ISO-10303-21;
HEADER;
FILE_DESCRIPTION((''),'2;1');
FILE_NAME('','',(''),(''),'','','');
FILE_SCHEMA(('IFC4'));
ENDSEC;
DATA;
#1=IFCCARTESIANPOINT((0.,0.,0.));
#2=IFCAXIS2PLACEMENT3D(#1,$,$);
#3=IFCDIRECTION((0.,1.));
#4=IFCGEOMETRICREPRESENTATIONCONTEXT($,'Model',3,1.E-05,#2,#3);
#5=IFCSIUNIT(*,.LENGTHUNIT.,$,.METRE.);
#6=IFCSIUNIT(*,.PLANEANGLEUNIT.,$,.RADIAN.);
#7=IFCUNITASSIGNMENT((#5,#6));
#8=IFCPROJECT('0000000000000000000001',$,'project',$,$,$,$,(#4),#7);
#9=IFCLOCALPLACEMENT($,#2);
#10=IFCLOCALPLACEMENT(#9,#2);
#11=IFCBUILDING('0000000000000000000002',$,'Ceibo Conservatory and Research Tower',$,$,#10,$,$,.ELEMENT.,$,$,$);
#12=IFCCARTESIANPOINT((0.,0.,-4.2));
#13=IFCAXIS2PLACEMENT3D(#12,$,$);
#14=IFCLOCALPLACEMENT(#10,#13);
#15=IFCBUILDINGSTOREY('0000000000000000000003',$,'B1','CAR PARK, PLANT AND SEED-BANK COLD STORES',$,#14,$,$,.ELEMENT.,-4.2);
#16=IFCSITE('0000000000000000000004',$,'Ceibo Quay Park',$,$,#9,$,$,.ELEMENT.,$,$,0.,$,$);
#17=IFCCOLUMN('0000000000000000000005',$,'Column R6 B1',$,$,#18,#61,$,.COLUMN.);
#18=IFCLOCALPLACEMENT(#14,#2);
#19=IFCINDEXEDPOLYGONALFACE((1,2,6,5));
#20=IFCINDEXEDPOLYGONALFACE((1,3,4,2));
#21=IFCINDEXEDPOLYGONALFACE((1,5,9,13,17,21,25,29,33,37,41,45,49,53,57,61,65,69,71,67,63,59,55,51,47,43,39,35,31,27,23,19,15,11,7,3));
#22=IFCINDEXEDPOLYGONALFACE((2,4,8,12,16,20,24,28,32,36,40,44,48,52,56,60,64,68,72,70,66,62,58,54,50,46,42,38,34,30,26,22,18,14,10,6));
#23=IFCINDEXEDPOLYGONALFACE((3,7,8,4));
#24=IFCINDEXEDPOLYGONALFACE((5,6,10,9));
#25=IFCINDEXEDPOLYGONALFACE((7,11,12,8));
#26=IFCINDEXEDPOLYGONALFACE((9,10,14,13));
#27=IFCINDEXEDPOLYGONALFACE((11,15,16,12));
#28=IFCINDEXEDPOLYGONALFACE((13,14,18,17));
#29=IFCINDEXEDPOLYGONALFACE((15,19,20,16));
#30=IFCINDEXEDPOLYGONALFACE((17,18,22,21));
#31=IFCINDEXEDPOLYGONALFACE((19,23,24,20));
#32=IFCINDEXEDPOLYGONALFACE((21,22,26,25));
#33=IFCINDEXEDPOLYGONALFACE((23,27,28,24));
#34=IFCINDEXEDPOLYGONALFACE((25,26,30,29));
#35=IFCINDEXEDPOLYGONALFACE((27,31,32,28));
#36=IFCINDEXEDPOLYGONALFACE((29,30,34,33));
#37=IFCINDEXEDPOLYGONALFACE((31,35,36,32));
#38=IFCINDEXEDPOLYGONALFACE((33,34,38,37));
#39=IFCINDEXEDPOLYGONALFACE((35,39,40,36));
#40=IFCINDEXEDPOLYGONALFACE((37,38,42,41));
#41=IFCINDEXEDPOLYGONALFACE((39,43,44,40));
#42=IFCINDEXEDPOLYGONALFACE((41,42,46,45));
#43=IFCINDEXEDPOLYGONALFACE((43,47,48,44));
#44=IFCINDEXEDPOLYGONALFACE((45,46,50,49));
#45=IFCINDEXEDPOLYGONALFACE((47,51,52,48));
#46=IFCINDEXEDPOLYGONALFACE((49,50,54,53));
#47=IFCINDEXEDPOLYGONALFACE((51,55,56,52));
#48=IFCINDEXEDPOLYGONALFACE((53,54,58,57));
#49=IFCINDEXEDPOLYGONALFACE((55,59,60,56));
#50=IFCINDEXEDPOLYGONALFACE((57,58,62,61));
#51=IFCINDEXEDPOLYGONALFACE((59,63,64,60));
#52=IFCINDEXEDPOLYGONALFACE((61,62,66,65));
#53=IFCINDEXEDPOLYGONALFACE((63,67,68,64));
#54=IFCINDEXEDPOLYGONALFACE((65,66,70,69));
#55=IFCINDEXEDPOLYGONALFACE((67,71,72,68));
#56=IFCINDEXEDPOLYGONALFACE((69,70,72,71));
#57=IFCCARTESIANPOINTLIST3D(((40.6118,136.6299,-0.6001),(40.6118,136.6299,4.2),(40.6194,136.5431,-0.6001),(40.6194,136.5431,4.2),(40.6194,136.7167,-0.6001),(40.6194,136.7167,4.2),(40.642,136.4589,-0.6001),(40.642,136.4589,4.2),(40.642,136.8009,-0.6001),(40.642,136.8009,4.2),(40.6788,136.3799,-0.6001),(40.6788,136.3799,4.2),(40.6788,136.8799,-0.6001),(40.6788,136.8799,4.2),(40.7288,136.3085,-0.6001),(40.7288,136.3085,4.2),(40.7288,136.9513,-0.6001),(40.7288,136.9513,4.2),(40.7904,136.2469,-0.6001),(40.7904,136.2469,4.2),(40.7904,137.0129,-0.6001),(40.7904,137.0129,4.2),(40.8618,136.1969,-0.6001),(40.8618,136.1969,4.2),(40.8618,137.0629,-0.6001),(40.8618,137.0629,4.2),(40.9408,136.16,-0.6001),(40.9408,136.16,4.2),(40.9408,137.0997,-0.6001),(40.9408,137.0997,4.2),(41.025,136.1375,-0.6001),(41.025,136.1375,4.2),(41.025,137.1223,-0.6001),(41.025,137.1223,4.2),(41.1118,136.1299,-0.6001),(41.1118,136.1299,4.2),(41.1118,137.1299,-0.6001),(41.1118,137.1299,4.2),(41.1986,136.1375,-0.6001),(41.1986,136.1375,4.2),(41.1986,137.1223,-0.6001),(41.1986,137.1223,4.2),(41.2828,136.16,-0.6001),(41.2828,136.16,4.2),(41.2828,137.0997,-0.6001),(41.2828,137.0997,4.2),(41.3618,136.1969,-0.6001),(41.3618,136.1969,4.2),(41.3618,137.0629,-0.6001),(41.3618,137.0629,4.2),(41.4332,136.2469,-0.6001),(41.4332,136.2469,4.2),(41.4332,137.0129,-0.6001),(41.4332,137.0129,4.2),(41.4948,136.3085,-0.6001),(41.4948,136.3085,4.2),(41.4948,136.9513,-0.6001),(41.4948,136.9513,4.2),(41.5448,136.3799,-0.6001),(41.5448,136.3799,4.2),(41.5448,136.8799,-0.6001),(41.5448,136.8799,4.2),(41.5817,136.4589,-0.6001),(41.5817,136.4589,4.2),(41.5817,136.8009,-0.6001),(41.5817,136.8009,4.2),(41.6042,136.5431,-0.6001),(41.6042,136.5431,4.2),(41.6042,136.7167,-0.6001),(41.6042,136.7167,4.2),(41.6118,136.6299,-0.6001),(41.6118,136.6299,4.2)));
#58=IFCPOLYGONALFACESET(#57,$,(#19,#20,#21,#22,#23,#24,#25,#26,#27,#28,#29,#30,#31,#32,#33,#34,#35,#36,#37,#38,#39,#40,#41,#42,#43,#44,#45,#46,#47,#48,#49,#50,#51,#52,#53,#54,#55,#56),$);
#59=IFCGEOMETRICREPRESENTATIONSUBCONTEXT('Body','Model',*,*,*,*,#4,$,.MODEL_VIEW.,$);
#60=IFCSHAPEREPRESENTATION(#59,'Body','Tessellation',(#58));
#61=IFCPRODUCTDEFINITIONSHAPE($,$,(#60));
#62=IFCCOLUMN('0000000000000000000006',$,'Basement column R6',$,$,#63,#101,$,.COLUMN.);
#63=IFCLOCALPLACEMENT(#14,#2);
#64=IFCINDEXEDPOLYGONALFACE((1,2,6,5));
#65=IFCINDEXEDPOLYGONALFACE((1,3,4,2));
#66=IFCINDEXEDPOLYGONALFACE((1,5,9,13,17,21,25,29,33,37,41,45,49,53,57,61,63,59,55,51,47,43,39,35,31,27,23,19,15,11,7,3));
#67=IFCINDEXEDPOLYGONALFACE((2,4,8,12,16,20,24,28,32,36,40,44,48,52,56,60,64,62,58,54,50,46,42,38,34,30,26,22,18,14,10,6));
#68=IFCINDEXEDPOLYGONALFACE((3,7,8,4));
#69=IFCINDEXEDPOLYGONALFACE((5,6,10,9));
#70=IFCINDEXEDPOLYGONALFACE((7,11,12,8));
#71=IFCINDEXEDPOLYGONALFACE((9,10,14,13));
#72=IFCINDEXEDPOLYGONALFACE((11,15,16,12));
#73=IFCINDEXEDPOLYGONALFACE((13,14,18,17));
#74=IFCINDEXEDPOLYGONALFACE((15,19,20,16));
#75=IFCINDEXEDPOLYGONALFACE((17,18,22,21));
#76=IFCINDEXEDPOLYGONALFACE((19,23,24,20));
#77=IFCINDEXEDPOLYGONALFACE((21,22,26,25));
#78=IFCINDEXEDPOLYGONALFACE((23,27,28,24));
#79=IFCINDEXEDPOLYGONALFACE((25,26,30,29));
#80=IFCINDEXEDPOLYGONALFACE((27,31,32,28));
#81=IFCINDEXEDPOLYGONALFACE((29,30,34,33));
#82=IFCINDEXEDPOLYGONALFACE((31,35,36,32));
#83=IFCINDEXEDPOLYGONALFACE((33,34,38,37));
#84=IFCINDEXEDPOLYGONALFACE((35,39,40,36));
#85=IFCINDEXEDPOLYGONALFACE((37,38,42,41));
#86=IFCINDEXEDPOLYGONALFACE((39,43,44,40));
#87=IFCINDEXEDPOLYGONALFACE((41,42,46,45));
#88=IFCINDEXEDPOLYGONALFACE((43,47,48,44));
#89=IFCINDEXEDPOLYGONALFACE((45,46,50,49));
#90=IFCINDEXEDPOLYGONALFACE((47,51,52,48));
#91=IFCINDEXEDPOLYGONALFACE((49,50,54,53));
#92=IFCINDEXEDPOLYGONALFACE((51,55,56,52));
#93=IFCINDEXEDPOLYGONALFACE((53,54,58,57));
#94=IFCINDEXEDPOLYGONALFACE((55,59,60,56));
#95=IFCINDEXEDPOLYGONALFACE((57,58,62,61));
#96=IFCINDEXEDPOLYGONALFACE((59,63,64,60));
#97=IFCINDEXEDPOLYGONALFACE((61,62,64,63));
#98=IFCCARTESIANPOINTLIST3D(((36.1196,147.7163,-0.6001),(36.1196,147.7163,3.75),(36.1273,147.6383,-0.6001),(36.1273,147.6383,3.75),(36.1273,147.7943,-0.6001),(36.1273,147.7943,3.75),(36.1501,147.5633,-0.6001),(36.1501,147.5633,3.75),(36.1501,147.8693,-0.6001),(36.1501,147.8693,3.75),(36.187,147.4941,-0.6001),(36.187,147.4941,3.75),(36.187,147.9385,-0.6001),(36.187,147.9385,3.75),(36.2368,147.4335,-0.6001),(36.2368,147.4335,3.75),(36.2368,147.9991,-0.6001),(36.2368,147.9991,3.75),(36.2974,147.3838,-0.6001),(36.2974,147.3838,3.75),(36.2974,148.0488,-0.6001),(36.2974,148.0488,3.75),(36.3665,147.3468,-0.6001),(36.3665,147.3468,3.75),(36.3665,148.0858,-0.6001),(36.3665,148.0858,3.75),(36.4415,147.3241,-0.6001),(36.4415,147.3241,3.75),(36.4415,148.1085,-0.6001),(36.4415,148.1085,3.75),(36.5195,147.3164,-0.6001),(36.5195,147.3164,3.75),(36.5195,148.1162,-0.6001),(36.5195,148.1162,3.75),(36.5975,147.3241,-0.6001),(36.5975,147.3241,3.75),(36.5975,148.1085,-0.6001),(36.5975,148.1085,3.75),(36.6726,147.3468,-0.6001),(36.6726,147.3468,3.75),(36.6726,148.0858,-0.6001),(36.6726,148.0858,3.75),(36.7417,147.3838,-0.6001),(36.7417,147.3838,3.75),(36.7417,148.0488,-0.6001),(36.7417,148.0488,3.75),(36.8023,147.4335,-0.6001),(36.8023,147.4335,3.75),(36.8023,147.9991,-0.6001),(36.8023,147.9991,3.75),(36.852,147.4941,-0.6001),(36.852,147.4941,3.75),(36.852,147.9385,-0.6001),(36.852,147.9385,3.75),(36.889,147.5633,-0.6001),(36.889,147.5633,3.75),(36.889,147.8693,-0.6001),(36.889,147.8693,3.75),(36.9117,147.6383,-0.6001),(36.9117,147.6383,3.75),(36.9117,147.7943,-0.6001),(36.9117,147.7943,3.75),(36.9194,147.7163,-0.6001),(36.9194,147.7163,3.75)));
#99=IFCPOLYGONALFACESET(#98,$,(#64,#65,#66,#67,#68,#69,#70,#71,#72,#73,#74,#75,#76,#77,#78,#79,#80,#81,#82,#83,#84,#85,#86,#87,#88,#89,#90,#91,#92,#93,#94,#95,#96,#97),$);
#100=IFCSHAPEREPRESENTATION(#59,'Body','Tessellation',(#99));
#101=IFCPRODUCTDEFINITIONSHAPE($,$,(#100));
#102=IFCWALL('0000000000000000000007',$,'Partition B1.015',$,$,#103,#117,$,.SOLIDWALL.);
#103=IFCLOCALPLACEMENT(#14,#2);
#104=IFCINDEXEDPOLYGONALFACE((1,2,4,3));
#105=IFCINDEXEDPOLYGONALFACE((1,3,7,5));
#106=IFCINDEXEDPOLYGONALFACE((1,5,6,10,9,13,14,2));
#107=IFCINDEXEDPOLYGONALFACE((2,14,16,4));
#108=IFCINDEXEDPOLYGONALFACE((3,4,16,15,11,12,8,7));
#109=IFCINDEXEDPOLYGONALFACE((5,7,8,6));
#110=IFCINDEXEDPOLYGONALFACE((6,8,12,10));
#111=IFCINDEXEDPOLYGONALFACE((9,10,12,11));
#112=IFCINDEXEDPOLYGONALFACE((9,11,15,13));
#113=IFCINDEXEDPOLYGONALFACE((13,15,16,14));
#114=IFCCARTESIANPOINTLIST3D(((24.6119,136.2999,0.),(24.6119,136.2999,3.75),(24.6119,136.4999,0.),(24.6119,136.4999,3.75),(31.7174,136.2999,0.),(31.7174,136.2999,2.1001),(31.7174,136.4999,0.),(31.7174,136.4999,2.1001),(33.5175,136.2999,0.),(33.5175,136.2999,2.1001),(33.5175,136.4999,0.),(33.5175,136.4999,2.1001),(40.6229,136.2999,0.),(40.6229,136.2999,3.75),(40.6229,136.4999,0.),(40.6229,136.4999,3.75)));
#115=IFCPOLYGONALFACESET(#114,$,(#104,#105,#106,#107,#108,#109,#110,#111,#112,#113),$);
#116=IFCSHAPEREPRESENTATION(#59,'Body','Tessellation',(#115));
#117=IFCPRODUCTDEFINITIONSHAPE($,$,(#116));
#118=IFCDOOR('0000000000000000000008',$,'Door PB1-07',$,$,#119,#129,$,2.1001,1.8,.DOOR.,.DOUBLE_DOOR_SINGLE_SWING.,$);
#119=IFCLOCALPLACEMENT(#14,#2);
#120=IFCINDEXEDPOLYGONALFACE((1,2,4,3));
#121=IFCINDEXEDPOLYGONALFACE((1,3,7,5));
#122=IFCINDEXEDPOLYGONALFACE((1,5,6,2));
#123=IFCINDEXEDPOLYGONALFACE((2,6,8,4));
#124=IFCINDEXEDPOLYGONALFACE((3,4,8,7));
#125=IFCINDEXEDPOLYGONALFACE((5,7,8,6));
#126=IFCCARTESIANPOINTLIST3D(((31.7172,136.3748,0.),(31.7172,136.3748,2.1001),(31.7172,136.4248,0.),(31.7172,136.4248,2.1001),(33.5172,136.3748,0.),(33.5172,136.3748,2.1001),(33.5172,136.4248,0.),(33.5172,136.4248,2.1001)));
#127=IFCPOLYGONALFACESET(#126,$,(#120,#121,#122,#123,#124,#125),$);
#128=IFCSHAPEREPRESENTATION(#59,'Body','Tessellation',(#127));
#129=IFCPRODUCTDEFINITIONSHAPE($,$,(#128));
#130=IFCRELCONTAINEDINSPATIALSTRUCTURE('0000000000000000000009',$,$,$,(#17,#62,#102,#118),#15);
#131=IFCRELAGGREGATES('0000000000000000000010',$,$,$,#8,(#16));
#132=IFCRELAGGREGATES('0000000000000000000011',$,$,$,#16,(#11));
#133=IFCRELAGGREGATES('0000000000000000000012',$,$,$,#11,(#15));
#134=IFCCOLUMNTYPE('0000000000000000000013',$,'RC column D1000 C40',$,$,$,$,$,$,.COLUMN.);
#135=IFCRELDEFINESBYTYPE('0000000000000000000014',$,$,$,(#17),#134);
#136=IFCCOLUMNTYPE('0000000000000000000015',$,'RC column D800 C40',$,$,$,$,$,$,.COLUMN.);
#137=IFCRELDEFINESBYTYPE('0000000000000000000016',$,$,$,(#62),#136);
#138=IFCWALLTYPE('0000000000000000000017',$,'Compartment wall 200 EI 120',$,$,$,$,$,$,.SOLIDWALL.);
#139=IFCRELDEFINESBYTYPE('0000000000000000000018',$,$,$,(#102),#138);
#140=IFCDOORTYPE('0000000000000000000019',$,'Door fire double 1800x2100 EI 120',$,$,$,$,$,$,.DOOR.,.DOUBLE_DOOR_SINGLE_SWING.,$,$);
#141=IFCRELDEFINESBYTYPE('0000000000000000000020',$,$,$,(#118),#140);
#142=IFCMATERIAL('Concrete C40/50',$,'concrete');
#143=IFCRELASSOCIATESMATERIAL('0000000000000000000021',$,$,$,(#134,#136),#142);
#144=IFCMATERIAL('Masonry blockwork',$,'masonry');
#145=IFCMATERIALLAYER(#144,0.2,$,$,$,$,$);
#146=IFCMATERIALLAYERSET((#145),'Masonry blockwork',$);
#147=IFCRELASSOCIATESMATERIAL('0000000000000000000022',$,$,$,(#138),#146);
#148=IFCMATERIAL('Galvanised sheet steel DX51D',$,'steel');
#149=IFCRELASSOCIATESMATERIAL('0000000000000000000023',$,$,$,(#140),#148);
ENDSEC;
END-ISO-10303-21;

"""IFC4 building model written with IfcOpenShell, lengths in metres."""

from ifc_helpers import new_model, si_unit, direction, frame, frame_2d, origin, origin_2d, place, context, subcontext, project, spatial, rectangle, circle, extrude, material, layer, layer_set, material_profile, profile_set, type_object, element, fill, save


model = new_model("IFC4")

# Units and contexts
model_context = context("Model", 3, precision=1e-05, world=origin(), true_north=direction((0.0, 1.0)))
body_context = subcontext(model_context, "Body", "Model", "MODEL_VIEW")
ifc_project = project(units=[si_unit("LENGTHUNIT", "METRE"), si_unit("PLANEANGLEUNIT", "RADIAN")], contexts=[model_context])

# Site, building, storey
site_placement = place(None, origin())
site = spatial("IfcSite", under=ifc_project, at=site_placement, Name="Ceibo Quay Park", CompositionType="ELEMENT", RefElevation=0.0)
building_placement = place(site_placement, origin())
building = spatial("IfcBuilding", under=site, at=building_placement, Name="Ceibo Conservatory and Research Tower", CompositionType="ELEMENT")
storey_placement = place(building_placement, frame((0.0, 0.0, -4.2)))
storey = spatial("IfcBuildingStorey", under=building, at=storey_placement, Name="B1", Description="CAR PARK, PLANT AND SEED-BANK COLD STORES", CompositionType="ELEMENT", Elevation=-4.2)

# Shared definitions
ifc_material_1 = material(Name="Concrete C40/50", Category="concrete")

# Columns
ifc_material_profile_1 = material_profile(ifc_material_1, circle(Radius=0.5, at=origin_2d()), Name="RC D1000")
ifc_profile_set_1 = profile_set([ifc_material_profile_1], Name="Concrete C40/50")
column_type_1 = type_object("IfcColumnType", Name="RC column D1000 C40", PredefinedType="COLUMN", material=ifc_profile_set_1)
column_1_placement = place(storey_placement, frame((41.1118, 136.6299, -0.6001), z_axis=(0.0, 0.0, 1.0), x_axis=(1.0, 0.0, 0.0)))
element("IfcColumn", 1, at=column_1_placement, inside=storey, type_object=column_type_1, Name="Column R6 B1", PredefinedType="COLUMN", context=body_context, shape_type="SweptSolid", body=[
    extrude(circle(Radius=0.5, at=origin_2d()), origin(), (0.0, 0.0, 1.0), 4.8),
])
ifc_material_profile_2 = material_profile(ifc_material_1, circle(Radius=0.3999, at=origin_2d()), Name="RC D800")
ifc_profile_set_2 = profile_set([ifc_material_profile_2], Name="Concrete C40/50")
column_type_2 = type_object("IfcColumnType", Name="RC column D800 C40", PredefinedType="COLUMN", material=ifc_profile_set_2)
column_2_placement = place(storey_placement, frame((36.5195, 147.7163, -0.6001), z_axis=(0.0, 0.0, 1.0), x_axis=(1.0, 0.0, 0.0)))
element("IfcColumn", 2, at=column_2_placement, inside=storey, type_object=column_type_2, Name="Basement column R6", PredefinedType="COLUMN", context=body_context, shape_type="SweptSolid", body=[
    extrude(circle(Radius=0.3999, at=origin_2d()), origin(), (0.0, 0.0, 1.0), 4.3501),
])

# Wall, opening, door
ifc_material_2 = material(Name="Masonry blockwork", Category="masonry")
ifc_layer_1 = layer(ifc_material_2, 0.2)
ifc_layer_set_1 = layer_set([ifc_layer_1], Name="Masonry blockwork")
wall_type = type_object("IfcWallType", Name="Compartment wall 200 EI 120", PredefinedType="SOLIDWALL", material=ifc_layer_set_1)
wall_placement = place(storey_placement, frame((40.6228, 136.3999, 0.0), z_axis=(0.0, 0.0, 1.0), x_axis=(-1.0, 0.0, 0.0)))
wall = element("IfcWall", 3, at=wall_placement, inside=storey, type_object=wall_type, Name="Partition B1.015", PredefinedType="SOLIDWALL", context=body_context, shape_type="SweptSolid", body=[
    extrude(rectangle(XDim=16.011, YDim=0.2, at=frame_2d((8.0054, 0.0))), origin(), (0.0, 0.0, 1.0), 3.75),
])
opening_placement = place(wall_placement, frame((7.1055, 0.0, 0.0)))
opening = element("IfcOpeningElement", 4, at=opening_placement, cuts=wall, PredefinedType="OPENING", context=body_context, shape_type="SweptSolid", body=[
    extrude(rectangle(XDim=1.8, YDim=2.1001, at=frame_2d((0.8999, 1.05))), frame((0.0, 0.1099, 0.0), z_axis=(0.0, -1.0, 0.0), x_axis=(1.0, 0.0, 0.0)), (0.0, 0.0, 1.0), 0.22),
])
ifc_material_3 = material(Name="Galvanised sheet steel DX51D", Category="steel")
door_type = type_object("IfcDoorType", Name="Door fire double 1800x2100 EI 120", OperationType="DOUBLE_DOOR_SINGLE_SWING", PredefinedType="DOOR", material=ifc_material_3)
door_placement = place(opening_placement, frame((1.8, 0.0, 0.0), z_axis=(0.0, 0.0, 1.0), x_axis=(-1.0, 0.0, 0.0)))
door = element("IfcDoor", 5, at=door_placement, inside=storey, type_object=door_type, Name="Door PB1-07", OperationType="DOUBLE_DOOR_SINGLE_SWING", OverallHeight=2.1001, OverallWidth=1.8, PredefinedType="DOOR", context=body_context, shape_type="SweptSolid", body=[
    extrude(rectangle(XDim=1.8, YDim=2.1001, at=frame_2d((0.8999, 1.05))), frame((0.0, 0.0249, 0.0), z_axis=(0.0, -1.0, 0.0), x_axis=(1.0, 0.0, 0.0)), (0.0, 0.0, 1.0), 0.05),
])
fill(opening, door)

save(model, "model.ifc")
